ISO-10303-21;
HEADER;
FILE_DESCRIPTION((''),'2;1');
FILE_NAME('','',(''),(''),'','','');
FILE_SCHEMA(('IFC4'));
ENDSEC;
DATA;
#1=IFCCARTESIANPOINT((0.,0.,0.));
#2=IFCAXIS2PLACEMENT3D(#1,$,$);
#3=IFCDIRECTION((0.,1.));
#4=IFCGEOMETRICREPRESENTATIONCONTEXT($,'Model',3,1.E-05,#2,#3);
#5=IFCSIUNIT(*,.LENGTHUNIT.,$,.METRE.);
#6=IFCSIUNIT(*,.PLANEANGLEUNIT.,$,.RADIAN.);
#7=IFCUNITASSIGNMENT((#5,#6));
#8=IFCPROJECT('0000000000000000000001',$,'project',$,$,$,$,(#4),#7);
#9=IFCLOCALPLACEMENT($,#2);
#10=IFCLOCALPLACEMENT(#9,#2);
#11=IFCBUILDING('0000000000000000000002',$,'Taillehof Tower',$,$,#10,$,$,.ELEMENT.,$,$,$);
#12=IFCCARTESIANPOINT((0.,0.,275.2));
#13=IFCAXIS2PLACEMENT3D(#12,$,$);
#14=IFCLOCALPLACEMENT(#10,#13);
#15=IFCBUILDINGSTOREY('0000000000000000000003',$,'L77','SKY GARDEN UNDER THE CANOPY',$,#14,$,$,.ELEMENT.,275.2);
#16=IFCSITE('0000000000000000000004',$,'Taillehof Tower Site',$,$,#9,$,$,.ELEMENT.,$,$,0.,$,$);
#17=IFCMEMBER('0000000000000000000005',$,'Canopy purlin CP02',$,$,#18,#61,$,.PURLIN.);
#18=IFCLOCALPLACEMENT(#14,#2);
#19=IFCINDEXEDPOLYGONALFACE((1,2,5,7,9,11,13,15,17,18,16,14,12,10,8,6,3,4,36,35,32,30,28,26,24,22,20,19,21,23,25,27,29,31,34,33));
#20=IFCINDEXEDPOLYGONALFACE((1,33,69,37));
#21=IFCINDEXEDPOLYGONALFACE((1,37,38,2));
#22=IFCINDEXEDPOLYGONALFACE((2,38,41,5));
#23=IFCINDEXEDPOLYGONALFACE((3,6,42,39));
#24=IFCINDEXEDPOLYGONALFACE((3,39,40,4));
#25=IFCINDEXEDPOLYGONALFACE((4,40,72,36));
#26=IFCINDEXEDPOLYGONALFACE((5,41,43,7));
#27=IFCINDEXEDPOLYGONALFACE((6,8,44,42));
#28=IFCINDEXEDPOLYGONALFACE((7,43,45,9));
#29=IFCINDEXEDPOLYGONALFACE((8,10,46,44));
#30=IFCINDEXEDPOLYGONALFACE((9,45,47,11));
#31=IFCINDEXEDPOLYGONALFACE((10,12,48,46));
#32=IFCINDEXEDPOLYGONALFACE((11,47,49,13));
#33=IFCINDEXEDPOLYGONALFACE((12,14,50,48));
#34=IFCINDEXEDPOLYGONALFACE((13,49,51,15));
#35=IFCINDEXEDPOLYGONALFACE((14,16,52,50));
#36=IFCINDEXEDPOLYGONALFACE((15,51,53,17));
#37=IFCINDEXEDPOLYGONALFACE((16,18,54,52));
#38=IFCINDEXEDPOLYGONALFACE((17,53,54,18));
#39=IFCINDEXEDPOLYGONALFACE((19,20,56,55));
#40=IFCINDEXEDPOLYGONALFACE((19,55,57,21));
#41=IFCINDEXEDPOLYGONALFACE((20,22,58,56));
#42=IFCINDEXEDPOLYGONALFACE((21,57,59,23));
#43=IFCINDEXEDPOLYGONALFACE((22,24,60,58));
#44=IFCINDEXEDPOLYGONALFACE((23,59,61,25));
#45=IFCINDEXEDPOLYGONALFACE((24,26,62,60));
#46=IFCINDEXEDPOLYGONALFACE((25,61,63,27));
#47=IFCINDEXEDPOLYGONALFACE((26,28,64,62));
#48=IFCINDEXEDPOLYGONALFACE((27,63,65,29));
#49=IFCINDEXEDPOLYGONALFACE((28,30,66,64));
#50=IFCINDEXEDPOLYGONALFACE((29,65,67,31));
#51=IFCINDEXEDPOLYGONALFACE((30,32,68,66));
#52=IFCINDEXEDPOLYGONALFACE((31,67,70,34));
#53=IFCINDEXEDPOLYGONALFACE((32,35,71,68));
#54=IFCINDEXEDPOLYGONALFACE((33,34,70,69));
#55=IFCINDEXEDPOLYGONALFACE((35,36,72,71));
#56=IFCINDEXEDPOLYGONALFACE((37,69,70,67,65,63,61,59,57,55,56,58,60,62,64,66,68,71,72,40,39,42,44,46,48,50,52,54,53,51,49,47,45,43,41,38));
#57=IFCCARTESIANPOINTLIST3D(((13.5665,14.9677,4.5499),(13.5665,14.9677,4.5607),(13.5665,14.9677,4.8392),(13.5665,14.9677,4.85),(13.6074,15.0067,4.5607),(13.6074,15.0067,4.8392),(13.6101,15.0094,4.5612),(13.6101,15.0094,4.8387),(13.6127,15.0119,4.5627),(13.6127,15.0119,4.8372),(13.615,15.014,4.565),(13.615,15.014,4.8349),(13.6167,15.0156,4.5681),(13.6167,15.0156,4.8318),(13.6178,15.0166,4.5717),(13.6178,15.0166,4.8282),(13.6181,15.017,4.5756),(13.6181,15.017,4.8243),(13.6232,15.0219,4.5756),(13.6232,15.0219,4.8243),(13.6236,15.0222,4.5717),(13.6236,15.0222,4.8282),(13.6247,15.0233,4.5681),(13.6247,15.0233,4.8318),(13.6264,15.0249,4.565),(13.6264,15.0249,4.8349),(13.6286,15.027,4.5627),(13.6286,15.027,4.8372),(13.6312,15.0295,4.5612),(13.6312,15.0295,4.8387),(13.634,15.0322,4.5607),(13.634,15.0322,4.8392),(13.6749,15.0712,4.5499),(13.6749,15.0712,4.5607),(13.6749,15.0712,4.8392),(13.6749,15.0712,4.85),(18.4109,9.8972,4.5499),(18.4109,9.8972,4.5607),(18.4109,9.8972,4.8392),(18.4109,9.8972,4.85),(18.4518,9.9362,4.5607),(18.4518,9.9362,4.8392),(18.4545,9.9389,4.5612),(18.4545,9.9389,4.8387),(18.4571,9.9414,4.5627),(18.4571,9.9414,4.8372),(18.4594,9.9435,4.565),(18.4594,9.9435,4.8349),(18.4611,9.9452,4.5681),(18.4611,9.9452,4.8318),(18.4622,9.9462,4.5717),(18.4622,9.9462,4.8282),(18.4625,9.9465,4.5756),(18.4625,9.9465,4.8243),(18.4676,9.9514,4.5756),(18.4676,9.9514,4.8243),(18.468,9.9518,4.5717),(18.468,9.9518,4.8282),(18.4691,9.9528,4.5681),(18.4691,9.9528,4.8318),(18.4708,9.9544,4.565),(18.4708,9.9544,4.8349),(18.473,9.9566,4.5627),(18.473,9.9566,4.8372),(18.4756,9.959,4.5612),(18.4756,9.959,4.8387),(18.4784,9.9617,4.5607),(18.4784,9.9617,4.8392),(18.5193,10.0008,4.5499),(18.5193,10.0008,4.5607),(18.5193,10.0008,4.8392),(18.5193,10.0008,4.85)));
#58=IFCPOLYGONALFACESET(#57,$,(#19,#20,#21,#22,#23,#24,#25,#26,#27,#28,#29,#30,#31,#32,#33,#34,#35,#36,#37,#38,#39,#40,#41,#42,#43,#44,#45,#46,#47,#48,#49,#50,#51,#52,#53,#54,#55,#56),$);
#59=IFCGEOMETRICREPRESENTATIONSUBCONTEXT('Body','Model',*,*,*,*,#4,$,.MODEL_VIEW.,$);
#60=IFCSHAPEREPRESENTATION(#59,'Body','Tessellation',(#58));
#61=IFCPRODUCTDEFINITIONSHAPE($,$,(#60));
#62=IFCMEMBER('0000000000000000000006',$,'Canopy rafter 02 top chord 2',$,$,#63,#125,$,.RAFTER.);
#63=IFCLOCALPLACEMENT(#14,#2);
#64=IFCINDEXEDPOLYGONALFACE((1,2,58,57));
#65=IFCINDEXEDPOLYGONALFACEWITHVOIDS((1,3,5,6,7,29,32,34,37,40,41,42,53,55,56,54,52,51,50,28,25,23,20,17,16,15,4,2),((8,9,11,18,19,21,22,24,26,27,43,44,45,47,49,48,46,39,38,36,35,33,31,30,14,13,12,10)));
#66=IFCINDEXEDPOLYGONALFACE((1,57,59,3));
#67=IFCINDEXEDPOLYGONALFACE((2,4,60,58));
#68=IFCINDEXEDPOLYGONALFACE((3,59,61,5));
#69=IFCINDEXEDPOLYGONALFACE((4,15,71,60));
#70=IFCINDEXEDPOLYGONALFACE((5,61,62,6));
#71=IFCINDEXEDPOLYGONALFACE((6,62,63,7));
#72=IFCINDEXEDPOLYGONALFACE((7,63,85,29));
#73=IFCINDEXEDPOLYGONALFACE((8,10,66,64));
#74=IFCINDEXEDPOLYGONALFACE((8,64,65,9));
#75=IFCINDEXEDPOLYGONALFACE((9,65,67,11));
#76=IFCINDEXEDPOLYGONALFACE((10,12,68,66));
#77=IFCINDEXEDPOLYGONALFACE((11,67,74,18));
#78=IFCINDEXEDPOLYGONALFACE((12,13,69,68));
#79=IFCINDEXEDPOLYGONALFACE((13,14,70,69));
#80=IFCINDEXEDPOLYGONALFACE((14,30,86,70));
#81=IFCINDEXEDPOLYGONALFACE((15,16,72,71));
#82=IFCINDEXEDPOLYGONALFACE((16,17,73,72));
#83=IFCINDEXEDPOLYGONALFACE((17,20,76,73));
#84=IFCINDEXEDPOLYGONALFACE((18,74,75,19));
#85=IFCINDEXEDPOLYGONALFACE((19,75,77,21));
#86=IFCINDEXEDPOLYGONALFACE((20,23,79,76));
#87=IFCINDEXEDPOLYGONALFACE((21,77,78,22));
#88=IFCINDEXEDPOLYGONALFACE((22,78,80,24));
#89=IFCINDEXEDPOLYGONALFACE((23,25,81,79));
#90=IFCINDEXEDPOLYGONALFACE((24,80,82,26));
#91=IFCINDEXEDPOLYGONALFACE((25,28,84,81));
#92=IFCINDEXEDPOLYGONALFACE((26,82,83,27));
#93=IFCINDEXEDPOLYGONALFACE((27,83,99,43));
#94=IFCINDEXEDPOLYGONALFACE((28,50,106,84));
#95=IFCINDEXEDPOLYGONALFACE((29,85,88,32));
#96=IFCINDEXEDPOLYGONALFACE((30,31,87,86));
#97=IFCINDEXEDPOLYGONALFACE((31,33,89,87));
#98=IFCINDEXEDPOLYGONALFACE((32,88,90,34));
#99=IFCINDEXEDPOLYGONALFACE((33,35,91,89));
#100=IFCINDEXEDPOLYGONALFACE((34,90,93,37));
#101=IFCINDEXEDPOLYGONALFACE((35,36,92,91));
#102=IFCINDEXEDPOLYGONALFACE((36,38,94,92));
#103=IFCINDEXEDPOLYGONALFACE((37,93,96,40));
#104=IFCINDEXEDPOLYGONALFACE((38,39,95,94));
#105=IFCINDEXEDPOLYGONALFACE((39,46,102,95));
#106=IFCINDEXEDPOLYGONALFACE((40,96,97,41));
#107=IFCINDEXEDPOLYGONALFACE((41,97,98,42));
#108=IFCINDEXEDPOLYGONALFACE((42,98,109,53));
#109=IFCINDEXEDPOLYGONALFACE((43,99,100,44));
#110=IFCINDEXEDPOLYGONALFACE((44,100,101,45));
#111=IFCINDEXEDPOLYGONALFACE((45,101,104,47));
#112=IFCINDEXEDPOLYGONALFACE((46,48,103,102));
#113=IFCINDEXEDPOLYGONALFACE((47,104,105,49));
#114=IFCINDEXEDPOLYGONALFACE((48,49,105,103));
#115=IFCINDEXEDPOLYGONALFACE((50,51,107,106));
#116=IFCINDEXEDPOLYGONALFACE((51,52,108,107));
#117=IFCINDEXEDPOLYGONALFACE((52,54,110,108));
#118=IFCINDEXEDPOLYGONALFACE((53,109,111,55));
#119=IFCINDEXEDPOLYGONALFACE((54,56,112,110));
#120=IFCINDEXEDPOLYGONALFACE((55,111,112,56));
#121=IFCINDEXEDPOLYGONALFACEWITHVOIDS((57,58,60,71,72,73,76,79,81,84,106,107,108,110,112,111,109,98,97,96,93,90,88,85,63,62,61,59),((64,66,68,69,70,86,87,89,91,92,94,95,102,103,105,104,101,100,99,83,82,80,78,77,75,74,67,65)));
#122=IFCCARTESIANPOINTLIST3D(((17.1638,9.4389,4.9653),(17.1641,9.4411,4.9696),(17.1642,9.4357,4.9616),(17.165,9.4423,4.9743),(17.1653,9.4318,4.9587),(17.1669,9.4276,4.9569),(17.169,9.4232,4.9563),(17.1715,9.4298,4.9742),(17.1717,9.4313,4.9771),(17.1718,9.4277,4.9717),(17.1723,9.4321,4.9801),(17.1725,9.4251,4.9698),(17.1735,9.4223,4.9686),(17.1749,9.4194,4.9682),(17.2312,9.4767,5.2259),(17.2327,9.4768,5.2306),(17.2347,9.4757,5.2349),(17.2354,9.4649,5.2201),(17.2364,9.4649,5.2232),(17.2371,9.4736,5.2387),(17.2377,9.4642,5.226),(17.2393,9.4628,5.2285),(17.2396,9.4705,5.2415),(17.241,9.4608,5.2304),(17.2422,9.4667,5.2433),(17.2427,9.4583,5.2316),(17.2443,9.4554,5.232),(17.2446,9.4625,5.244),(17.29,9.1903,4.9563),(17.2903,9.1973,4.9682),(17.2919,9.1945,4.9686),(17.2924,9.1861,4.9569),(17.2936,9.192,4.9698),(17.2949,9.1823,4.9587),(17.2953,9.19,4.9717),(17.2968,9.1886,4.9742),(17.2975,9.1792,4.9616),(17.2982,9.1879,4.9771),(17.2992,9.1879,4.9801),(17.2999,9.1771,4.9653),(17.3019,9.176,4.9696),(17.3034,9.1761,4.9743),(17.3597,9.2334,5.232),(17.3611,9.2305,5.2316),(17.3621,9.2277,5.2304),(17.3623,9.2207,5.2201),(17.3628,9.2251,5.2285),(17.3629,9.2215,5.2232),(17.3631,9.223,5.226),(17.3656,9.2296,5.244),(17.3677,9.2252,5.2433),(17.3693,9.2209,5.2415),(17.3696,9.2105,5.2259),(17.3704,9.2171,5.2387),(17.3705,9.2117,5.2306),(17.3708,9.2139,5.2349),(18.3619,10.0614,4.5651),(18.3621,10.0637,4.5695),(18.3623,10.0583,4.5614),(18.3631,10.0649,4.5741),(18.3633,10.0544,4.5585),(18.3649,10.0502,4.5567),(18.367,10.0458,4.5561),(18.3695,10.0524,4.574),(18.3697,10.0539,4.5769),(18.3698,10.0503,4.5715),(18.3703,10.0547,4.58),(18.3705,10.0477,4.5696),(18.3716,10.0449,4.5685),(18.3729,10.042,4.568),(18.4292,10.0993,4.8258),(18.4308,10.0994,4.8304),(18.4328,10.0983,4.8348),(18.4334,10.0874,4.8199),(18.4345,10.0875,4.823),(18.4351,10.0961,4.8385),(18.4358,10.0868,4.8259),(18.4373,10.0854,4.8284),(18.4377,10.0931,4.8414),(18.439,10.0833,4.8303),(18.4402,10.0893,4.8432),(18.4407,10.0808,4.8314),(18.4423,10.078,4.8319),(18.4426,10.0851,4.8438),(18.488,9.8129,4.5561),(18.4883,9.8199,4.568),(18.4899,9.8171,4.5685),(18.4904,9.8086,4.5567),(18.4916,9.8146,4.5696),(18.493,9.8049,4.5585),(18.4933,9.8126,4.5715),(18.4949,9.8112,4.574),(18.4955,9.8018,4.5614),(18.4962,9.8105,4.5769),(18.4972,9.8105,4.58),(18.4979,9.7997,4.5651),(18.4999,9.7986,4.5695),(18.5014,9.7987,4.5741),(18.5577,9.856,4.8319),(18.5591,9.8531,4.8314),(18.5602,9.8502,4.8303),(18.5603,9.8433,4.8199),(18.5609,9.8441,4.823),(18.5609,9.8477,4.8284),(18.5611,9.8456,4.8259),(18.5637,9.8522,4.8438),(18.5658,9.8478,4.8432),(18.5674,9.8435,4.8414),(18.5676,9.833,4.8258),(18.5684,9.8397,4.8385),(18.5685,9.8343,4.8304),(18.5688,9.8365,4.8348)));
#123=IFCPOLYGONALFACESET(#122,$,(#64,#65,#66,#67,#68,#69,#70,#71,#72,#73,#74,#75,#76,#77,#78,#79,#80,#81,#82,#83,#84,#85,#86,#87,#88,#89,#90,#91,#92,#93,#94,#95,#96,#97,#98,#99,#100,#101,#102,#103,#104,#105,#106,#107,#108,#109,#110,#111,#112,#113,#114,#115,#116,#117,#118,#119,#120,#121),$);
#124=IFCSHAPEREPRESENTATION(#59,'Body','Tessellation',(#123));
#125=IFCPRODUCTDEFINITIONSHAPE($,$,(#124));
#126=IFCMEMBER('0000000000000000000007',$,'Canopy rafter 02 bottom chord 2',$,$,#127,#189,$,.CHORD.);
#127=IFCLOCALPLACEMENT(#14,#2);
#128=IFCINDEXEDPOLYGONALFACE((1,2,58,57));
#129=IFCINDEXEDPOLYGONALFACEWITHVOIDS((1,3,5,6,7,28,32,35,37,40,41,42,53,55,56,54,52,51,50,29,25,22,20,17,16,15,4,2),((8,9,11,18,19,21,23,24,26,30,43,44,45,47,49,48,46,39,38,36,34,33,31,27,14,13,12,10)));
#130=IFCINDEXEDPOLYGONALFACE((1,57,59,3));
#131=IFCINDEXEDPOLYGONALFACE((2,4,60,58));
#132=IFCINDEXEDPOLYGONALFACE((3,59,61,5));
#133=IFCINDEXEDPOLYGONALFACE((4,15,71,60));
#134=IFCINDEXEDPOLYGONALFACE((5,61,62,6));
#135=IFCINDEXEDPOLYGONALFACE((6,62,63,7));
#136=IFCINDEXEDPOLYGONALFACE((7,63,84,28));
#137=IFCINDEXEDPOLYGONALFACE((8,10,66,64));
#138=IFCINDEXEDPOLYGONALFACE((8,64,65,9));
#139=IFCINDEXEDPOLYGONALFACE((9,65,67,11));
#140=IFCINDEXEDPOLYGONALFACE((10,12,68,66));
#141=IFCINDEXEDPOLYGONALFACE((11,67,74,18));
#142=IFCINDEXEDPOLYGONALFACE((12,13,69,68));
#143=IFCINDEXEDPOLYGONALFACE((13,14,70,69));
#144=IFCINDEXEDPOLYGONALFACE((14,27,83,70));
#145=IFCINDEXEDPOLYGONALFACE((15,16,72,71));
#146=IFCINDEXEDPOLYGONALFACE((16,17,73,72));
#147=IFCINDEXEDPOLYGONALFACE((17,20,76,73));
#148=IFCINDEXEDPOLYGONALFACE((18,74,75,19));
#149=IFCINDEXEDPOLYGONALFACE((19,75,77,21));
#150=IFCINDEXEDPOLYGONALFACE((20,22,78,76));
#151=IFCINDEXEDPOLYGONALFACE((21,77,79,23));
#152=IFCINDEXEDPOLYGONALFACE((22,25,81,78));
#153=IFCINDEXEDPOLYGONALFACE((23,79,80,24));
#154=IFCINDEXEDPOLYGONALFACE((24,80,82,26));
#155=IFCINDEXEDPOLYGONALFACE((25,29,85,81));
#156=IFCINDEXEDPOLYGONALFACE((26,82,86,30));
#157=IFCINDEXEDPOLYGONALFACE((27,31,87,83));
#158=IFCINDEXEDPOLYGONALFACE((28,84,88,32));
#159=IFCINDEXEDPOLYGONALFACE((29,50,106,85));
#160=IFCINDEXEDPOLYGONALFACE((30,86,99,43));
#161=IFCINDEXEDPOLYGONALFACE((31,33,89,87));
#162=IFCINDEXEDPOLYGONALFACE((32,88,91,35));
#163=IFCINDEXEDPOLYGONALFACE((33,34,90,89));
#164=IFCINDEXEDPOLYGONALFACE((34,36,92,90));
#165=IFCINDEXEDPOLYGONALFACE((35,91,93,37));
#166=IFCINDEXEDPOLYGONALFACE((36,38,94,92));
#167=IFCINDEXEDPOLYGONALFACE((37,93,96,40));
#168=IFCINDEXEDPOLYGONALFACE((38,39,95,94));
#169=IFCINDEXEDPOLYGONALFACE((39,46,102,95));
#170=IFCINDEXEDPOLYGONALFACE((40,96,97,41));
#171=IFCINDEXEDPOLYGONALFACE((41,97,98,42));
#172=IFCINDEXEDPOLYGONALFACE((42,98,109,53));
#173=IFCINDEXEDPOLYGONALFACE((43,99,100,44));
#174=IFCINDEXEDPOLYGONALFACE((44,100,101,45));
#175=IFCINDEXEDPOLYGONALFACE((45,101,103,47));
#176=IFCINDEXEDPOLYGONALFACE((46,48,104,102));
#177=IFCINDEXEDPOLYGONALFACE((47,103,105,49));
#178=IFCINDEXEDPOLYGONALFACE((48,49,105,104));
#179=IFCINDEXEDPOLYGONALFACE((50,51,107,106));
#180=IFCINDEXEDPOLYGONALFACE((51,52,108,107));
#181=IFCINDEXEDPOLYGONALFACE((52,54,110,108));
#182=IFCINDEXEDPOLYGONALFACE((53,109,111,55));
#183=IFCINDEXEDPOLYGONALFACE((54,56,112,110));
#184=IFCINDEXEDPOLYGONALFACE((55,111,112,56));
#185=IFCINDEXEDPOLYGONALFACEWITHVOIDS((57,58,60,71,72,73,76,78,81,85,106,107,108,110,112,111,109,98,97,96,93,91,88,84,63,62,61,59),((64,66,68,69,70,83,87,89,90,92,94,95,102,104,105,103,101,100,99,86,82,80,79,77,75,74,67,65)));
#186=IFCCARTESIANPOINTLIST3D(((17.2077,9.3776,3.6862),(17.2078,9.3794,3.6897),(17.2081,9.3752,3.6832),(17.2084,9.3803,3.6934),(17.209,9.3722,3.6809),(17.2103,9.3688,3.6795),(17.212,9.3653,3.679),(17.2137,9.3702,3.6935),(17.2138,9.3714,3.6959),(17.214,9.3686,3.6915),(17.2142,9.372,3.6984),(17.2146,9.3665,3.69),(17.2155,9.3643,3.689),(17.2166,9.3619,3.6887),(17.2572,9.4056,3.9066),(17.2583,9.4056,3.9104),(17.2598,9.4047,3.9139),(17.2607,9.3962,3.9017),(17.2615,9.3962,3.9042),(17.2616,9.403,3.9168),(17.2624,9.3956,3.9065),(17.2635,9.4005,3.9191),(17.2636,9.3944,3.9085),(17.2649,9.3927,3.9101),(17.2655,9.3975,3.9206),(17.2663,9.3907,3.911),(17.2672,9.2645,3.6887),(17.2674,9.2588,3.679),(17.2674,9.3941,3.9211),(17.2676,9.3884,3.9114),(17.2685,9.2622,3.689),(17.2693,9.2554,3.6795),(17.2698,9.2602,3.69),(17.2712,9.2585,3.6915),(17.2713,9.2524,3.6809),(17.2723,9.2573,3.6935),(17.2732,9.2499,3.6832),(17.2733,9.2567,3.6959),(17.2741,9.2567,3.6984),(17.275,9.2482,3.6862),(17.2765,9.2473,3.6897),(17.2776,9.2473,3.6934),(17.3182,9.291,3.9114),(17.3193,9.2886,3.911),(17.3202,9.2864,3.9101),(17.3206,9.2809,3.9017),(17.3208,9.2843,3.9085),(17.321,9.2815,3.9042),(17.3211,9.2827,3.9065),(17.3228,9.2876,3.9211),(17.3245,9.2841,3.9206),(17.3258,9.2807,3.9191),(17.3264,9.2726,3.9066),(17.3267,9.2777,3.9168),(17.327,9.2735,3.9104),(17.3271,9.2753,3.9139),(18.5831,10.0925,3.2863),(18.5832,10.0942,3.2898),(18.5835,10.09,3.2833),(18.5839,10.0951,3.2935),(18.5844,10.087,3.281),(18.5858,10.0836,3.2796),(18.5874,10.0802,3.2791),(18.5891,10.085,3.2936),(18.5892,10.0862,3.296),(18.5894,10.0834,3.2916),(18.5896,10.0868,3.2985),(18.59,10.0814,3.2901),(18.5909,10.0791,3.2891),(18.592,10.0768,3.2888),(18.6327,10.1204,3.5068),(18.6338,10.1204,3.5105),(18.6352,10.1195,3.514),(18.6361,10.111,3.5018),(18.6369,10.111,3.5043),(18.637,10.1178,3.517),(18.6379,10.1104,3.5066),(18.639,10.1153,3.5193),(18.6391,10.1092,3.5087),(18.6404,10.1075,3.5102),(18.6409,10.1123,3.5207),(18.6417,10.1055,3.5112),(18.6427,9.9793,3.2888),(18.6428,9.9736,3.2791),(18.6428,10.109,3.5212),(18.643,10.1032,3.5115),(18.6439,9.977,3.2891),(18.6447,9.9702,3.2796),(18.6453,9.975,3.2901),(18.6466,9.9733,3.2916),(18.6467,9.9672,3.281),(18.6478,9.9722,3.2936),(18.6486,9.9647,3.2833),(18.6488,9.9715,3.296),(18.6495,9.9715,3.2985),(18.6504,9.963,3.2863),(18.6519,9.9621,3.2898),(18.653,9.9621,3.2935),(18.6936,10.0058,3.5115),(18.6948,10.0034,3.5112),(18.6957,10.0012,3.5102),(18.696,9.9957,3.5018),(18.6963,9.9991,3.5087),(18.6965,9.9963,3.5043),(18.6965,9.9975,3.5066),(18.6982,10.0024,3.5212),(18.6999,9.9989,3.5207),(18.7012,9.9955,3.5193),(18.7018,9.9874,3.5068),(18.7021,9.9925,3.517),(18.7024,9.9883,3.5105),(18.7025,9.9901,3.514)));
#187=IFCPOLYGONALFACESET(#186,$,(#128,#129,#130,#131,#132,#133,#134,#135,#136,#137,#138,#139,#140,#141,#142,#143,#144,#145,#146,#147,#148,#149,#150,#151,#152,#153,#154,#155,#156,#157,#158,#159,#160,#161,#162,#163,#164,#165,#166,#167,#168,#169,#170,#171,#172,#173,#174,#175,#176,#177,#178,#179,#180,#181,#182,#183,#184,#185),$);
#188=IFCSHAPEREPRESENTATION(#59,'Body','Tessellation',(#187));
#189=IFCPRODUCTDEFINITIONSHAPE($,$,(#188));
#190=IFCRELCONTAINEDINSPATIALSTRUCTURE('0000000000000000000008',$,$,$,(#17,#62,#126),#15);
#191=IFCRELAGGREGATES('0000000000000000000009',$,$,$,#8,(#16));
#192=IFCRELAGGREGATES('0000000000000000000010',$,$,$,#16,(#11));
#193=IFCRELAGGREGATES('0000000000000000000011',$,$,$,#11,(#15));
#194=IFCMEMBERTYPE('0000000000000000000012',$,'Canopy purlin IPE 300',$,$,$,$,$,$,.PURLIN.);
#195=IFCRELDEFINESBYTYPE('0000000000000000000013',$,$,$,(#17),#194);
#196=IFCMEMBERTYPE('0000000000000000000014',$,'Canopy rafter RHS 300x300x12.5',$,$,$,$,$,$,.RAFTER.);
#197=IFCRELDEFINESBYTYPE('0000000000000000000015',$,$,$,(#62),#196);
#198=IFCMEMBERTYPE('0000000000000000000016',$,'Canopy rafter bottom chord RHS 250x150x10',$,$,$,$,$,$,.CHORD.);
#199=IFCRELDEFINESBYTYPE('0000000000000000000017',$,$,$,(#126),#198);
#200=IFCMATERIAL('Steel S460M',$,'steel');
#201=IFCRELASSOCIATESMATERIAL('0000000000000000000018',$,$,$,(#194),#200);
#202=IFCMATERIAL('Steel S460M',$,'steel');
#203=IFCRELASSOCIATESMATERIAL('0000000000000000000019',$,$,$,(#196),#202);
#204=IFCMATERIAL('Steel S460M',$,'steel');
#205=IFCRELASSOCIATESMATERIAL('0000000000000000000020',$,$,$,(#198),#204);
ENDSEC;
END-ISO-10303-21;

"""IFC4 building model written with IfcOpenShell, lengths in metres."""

from ifc_helpers import new_model, si_unit, direction, frame, origin, origin_2d, place, context, subcontext, project, spatial, hollow_rectangle, i_section, extrude, material, material_profile, profile_set, type_object, element, save


model = new_model("IFC4")

# Units and contexts
model_context = context("Model", 3, precision=1e-05, world=origin(), true_north=direction((0.0, 1.0)))
body_context = subcontext(model_context, "Body", "Model", "MODEL_VIEW")
ifc_project = project(units=[si_unit("LENGTHUNIT", "METRE"), si_unit("PLANEANGLEUNIT", "RADIAN")], contexts=[model_context])

# Site, building, storey
site_placement = place(None, origin())
site = spatial("IfcSite", under=ifc_project, at=site_placement, Name="Taillehof Tower Site", CompositionType="ELEMENT", RefElevation=0.0)
building_placement = place(site_placement, origin())
building = spatial("IfcBuilding", under=site, at=building_placement, Name="Taillehof Tower", CompositionType="ELEMENT")
storey_placement = place(building_placement, frame((0.0, 0.0, 275.2)))
storey = spatial("IfcBuildingStorey", under=building, at=storey_placement, Name="L77", Description="SKY GARDEN UNDER THE CANOPY", CompositionType="ELEMENT", Elevation=275.2)

# Members
ifc_material_1 = material(Name="Steel S460M", Category="steel")
ifc_material_profile_1 = material_profile(ifc_material_1, i_section(OverallWidth=0.1499, OverallDepth=0.3, WebThickness=0.0071, FlangeThickness=0.0107, FilletRadius=0.0149, at=origin_2d()), Name="IPE 300")
ifc_profile_set_1 = profile_set([ifc_material_profile_1], Name="Steel S460M")
member_type_1 = type_object("IfcMemberType", Name="Canopy purlin IPE 300", PredefinedType="PURLIN", material=ifc_profile_set_1)
member_1_placement = place(storey_placement, frame((18.4651, 9.949, 4.7), z_axis=(-0.690804, 0.723042, 0.0), x_axis=(-0.723042, -0.690804, 0.0)))
element("IfcMember", 1, at=member_1_placement, inside=storey, type_object=member_type_1, Name="Canopy purlin CP02", PredefinedType="PURLIN", context=body_context, shape_type="SweptSolid", body=[
    extrude(i_section(OverallWidth=0.1499, OverallDepth=0.3, WebThickness=0.0071, FlangeThickness=0.0107, FilletRadius=0.0149, at=origin_2d()), origin(), (0.0, 0.0, 1.0), 7.0127),
])
ifc_material_2 = material(Name="Steel S460M", Category="steel")
ifc_material_profile_2 = material_profile(ifc_material_2, hollow_rectangle(XDim=0.3, YDim=0.3, WallThickness=0.0125, InnerFilletRadius=0.0125, OuterFilletRadius=0.0188, at=origin_2d()), Name="RHS 300x300x12.5")
ifc_profile_set_2 = profile_set([ifc_material_profile_2], Name="Steel S460M")
member_type_2 = type_object("IfcMemberType", Name="Canopy rafter RHS 300x300x12.5", PredefinedType="RAFTER", material=ifc_profile_set_2)
member_2_placement = place(storey_placement, frame((18.4653, 9.949, 4.7), z_axis=(-0.850758, -0.44211, 0.284164), x_axis=(0.461119, -0.887338, 0.0)))
element("IfcMember", 2, at=member_2_placement, inside=storey, type_object=member_type_2, Name="Canopy rafter 02 top chord 2", PredefinedType="RAFTER", context=body_context, shape_type="SweptSolid", body=[
    extrude(hollow_rectangle(XDim=0.3, YDim=0.3, WallThickness=0.0125, InnerFilletRadius=0.0125, OuterFilletRadius=0.0188, at=origin_2d()), origin(), (0.0, 0.0, 1.0), 1.4082),
])
ifc_material_3 = material(Name="Steel S460M", Category="steel")
ifc_material_profile_3 = material_profile(ifc_material_3, hollow_rectangle(XDim=0.1499, YDim=0.25, WallThickness=0.01, InnerFilletRadius=0.01, OuterFilletRadius=0.0149, at=origin_2d()), Name="RHS 250x150x10")
ifc_profile_set_3 = profile_set([ifc_material_profile_3], Name="Steel S460M")
member_type_3 = type_object("IfcMemberType", Name="Canopy rafter bottom chord RHS 250x150x10", PredefinedType="CHORD", material=ifc_profile_set_3)
member_3_placement = place(storey_placement, frame((18.6428, 10.0413, 3.4001), z_axis=(-0.859195, -0.446525, 0.249798), x_axis=(0.461144, -0.887325, 0.0)))
element("IfcMember", 3, at=member_3_placement, inside=storey, type_object=member_type_3, Name="Canopy rafter 02 bottom chord 2", PredefinedType="CHORD", context=body_context, shape_type="SweptSolid", body=[
    extrude(hollow_rectangle(XDim=0.1499, YDim=0.25, WallThickness=0.01, InnerFilletRadius=0.01, OuterFilletRadius=0.0149, at=origin_2d()), origin(), (0.0, 0.0, 1.0), 1.6008),
])

save(model, "model.ifc")
